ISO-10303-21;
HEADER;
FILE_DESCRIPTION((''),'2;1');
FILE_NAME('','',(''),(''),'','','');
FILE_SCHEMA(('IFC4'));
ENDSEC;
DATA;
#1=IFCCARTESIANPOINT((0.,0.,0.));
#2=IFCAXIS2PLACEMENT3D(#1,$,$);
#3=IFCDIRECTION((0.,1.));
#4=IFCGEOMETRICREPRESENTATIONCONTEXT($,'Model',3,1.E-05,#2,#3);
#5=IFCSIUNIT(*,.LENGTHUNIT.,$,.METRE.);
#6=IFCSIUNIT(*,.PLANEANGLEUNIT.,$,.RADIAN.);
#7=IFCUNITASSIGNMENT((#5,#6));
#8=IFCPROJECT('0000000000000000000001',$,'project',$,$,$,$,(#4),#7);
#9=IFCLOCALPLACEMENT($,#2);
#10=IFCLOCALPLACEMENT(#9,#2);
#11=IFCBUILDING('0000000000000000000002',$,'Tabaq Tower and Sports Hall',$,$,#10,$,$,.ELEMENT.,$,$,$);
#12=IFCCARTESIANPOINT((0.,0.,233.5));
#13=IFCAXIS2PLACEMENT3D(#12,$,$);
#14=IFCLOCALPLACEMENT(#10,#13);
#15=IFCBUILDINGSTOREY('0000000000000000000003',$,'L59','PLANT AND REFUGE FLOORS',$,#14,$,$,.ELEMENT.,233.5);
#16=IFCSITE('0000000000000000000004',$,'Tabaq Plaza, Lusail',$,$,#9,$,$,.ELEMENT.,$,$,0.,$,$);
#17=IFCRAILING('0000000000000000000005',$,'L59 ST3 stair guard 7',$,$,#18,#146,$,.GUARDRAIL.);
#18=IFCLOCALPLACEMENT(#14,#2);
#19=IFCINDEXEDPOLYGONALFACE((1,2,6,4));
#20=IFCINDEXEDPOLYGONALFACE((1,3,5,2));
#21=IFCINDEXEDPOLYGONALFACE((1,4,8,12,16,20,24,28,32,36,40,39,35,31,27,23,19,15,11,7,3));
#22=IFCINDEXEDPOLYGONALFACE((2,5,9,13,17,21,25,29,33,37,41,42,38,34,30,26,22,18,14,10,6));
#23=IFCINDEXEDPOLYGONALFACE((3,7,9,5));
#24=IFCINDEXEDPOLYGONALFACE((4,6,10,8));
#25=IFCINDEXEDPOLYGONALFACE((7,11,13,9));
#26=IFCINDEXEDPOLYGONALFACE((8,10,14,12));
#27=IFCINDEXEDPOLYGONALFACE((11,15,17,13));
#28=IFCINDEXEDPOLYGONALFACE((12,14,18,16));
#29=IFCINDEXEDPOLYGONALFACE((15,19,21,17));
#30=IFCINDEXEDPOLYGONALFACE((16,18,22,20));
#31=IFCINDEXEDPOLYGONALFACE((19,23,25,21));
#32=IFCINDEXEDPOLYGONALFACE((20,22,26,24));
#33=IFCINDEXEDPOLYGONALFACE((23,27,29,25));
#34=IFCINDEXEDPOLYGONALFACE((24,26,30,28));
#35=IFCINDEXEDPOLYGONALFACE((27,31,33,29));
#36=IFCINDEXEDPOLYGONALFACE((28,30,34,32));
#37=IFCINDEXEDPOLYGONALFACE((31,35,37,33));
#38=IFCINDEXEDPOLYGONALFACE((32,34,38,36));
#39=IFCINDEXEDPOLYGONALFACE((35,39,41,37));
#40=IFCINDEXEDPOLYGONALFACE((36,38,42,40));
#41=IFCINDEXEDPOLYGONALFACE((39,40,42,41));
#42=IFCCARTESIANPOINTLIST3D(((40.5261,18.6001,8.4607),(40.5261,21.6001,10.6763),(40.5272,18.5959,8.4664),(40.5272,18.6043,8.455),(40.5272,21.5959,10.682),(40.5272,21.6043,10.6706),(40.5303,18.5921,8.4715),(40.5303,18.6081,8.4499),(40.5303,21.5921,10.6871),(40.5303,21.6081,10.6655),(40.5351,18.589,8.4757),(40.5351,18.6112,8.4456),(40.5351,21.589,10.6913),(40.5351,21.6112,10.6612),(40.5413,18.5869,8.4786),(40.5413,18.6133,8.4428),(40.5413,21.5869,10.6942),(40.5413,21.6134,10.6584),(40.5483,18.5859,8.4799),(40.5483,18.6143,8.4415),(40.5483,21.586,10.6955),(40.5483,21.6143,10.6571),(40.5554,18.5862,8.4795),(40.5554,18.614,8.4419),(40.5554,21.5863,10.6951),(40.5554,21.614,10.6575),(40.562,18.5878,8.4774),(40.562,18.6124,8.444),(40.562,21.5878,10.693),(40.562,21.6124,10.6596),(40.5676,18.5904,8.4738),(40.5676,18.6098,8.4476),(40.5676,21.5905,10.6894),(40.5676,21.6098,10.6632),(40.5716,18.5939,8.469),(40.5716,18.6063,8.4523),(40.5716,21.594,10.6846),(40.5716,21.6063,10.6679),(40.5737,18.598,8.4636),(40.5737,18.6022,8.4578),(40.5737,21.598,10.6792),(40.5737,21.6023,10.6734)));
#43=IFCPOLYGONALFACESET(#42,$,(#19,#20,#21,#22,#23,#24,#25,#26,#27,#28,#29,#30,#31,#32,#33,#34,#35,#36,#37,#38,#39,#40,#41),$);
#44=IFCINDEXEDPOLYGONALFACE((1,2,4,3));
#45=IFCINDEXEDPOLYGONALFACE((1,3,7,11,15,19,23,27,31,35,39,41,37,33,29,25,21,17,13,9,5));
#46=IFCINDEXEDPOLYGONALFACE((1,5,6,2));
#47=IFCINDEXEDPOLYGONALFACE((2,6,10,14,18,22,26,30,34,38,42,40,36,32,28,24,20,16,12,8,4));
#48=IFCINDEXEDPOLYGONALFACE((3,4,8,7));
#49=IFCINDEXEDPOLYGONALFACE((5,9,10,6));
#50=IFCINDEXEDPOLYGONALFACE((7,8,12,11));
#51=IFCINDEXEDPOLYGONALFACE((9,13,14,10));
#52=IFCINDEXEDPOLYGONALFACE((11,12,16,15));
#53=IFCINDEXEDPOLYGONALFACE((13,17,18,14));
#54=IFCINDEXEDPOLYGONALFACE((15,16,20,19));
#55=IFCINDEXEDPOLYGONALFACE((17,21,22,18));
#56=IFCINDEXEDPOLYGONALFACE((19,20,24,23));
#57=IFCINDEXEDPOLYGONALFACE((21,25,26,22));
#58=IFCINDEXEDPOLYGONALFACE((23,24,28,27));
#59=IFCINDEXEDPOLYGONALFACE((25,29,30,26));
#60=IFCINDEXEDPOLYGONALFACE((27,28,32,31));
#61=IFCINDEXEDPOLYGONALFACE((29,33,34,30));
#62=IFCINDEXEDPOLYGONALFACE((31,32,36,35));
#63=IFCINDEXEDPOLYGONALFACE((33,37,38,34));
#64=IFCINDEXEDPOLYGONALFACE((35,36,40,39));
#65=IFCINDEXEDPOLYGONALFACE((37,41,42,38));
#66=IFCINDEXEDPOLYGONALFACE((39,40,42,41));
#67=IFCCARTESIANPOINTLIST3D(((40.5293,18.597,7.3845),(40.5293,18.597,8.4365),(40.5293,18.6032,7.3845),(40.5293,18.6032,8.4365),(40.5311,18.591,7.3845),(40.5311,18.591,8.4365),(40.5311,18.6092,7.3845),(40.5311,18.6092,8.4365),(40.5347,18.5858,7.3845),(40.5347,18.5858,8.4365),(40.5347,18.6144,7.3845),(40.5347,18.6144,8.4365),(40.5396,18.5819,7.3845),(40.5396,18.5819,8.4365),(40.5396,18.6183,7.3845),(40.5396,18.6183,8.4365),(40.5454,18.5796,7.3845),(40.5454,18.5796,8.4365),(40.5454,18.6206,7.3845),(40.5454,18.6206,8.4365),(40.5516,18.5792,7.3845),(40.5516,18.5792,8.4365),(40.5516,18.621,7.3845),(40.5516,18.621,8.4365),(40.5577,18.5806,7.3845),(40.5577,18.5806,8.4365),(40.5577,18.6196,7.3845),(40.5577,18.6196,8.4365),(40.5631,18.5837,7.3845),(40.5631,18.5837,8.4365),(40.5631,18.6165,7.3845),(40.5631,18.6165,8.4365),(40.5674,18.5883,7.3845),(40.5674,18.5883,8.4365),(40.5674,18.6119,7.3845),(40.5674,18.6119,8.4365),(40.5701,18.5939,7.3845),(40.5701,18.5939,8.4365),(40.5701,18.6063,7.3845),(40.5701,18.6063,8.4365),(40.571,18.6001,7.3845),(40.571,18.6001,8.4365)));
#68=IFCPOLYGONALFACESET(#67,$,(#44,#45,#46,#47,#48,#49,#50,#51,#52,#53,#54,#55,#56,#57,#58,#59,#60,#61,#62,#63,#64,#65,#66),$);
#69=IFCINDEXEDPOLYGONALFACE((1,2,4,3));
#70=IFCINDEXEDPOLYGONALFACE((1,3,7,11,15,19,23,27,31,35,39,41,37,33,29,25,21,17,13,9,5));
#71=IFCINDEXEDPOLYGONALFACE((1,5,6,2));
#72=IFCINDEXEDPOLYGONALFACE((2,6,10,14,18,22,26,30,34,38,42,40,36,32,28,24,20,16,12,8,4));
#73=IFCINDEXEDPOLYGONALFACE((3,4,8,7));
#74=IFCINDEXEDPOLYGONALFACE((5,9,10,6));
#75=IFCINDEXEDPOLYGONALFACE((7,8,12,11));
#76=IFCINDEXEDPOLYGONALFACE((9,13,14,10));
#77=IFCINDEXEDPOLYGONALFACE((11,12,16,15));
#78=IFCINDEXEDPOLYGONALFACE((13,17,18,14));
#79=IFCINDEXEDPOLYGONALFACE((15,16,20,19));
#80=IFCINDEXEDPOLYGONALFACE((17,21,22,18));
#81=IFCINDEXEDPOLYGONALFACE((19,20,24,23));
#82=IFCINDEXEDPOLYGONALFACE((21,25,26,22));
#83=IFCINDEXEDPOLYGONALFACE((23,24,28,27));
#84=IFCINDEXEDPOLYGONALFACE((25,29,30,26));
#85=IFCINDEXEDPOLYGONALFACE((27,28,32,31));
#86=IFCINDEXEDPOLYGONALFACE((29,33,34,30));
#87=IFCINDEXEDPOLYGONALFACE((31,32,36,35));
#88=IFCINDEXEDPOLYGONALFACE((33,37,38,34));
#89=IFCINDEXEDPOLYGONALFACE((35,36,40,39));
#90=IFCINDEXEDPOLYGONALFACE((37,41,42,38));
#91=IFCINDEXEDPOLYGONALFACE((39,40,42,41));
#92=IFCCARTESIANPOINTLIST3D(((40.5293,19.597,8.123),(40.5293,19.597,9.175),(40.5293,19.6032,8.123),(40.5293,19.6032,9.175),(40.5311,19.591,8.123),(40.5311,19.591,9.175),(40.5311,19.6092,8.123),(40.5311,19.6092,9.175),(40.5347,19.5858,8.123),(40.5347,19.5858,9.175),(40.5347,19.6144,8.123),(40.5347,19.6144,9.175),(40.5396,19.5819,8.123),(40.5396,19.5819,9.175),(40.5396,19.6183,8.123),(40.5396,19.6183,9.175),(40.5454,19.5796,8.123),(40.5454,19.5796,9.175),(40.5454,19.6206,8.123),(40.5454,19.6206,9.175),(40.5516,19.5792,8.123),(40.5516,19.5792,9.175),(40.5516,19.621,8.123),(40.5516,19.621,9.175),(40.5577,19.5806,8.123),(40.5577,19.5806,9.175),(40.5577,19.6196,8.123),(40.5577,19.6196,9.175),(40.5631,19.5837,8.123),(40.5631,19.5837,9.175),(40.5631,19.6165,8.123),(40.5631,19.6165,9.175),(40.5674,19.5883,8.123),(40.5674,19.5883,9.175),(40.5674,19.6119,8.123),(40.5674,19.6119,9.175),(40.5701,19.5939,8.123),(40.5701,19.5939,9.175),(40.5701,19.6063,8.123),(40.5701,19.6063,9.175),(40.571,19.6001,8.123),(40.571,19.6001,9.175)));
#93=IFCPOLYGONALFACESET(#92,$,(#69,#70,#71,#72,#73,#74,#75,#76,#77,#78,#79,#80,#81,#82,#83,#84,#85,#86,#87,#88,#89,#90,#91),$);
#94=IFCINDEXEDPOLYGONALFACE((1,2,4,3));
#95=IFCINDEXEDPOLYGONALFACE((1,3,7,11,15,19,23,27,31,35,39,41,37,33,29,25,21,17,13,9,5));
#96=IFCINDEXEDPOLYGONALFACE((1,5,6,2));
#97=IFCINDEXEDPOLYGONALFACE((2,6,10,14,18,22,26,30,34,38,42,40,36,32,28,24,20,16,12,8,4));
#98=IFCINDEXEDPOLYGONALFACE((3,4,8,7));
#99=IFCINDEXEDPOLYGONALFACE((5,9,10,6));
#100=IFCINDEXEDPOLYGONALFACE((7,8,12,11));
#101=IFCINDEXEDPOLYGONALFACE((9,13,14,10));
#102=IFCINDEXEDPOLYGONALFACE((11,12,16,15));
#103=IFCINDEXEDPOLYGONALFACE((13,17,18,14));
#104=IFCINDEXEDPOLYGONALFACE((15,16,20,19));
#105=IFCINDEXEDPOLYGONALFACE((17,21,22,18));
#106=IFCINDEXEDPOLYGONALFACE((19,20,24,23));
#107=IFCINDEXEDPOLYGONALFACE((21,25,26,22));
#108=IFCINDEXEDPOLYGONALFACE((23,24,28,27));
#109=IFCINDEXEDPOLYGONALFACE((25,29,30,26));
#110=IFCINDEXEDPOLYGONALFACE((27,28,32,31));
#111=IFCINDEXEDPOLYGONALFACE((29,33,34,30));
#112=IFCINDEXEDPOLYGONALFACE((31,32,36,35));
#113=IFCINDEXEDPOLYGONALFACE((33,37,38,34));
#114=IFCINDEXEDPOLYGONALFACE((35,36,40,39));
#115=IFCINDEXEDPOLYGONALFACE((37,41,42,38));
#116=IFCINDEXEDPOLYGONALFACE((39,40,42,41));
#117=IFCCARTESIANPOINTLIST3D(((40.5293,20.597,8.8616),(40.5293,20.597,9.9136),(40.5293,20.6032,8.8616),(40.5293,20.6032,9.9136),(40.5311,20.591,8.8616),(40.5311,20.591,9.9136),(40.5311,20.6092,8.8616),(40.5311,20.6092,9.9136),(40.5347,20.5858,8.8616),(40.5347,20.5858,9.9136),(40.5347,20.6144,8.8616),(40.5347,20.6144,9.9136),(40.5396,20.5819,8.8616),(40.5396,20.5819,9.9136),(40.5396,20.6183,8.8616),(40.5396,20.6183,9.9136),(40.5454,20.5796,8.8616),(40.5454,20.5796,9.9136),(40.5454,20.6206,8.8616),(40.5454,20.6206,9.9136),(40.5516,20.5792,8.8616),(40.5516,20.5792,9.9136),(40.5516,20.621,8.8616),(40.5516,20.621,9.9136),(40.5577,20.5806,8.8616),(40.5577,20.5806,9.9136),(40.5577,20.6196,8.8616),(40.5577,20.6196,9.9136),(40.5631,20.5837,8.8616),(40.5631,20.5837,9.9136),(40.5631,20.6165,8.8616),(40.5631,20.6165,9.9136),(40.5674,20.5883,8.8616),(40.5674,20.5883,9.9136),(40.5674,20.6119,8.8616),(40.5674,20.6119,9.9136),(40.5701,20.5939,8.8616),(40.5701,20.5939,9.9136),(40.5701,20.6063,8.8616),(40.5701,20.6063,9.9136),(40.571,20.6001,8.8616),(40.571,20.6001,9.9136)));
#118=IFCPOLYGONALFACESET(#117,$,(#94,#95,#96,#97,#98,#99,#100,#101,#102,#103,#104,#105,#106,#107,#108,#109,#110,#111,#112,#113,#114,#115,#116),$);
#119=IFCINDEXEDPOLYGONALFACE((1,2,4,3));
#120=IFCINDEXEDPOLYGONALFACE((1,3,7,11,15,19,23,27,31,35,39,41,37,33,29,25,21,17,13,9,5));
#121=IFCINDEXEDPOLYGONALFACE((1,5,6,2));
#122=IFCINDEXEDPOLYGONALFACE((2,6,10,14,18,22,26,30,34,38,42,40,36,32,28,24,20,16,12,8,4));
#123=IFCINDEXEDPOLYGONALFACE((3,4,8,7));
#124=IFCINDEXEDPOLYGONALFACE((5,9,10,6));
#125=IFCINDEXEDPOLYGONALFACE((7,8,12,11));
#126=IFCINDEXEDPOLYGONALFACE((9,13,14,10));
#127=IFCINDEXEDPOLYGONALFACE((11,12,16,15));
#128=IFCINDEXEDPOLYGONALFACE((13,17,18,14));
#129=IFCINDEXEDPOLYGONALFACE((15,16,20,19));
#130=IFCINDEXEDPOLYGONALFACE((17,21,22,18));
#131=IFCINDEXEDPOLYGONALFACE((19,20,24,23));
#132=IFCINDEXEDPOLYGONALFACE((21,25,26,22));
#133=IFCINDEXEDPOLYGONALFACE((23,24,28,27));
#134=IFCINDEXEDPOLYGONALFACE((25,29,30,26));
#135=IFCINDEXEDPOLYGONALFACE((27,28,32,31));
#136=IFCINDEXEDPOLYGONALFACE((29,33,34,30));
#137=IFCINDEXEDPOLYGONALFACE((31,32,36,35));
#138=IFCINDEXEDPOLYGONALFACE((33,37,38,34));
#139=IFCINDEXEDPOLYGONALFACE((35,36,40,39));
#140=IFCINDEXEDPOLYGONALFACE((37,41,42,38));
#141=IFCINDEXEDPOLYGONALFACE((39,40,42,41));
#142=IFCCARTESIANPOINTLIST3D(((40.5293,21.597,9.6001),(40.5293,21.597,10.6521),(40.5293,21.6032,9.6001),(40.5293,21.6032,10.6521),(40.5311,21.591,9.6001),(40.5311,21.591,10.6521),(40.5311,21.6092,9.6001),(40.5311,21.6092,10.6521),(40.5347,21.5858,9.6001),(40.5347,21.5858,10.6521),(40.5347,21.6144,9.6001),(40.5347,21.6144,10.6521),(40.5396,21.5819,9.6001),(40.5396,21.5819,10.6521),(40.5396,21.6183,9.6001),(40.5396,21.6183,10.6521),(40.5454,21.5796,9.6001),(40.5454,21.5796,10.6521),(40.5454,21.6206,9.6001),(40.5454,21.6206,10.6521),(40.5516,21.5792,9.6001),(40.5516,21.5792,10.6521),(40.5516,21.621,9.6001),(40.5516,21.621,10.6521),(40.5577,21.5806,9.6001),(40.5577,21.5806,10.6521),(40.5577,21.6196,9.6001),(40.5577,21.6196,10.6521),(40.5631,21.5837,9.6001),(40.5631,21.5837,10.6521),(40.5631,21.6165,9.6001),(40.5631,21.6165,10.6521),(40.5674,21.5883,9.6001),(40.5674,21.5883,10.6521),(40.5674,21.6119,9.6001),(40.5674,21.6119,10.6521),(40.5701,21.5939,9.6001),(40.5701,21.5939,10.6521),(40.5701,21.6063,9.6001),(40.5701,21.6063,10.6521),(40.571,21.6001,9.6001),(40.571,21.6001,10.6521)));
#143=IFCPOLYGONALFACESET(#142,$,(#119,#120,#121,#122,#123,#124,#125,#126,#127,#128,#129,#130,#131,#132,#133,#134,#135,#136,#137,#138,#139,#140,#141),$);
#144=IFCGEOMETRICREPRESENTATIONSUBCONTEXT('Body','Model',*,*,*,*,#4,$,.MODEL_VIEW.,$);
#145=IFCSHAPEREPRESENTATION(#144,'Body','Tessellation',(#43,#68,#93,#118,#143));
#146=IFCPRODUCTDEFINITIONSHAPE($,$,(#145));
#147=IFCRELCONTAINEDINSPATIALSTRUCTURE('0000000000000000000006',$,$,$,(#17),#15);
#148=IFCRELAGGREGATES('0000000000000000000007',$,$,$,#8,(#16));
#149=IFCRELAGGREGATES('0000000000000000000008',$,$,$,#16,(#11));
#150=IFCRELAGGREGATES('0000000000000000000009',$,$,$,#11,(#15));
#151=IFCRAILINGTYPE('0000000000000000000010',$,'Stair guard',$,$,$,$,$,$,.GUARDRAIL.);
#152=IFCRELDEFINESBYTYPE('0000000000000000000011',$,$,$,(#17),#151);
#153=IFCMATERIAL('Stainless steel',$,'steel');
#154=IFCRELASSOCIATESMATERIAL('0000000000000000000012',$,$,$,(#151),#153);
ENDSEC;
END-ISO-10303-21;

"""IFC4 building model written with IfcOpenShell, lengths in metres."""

from ifc_helpers import new_model, si_unit, direction, frame, origin, origin_2d, place, context, subcontext, project, spatial, circle, extrude, material, type_object, element, save


model = new_model("IFC4")

# Units and contexts
model_context = context("Model", 3, precision=1e-05, world=origin(), true_north=direction((0.0, 1.0)))
body_context = subcontext(model_context, "Body", "Model", "MODEL_VIEW")
ifc_project = project(units=[si_unit("LENGTHUNIT", "METRE"), si_unit("PLANEANGLEUNIT", "RADIAN")], contexts=[model_context])

# Site, building, storey
site_placement = place(None, origin())
site = spatial("IfcSite", under=ifc_project, at=site_placement, Name="Tabaq Plaza, Lusail", CompositionType="ELEMENT", RefElevation=0.0)
building_placement = place(site_placement, origin())
building = spatial("IfcBuilding", under=site, at=building_placement, Name="Tabaq Tower and Sports Hall", CompositionType="ELEMENT")
storey_placement = place(building_placement, frame((0.0, 0.0, 233.5)))
storey = spatial("IfcBuildingStorey", under=building, at=storey_placement, Name="L59", Description="PLANT AND REFUGE FLOORS", CompositionType="ELEMENT", Elevation=233.5)

# Railing
ifc_material_1 = material(Name="Stainless steel", Category="steel")
railing_type_1 = type_object("IfcRailingType", Name="Stair guard", PredefinedType="GUARDRAIL", material=ifc_material_1)
railing_1_placement = place(storey_placement, frame((40.55, 18.6001, 7.3845)))
element("IfcRailing", 1, at=railing_1_placement, inside=storey, type_object=railing_type_1, Name="L59 ST3 stair guard 7", PredefinedType="GUARDRAIL", context=body_context, shape_type="SweptSolid", body=[
    extrude(circle(Radius=0.0239, at=origin_2d()), frame((0.0, 0.0, 1.0762), z_axis=(0.0, 0.804409, 0.594076), x_axis=(-1.0, 0.0, 0.0)), (0.0, 0.0, 1.0), 3.7295),
    extrude(circle(Radius=0.021, at=origin_2d()), origin(), (0.0, 0.0, 1.0), 1.052),
    extrude(circle(Radius=0.021, at=origin_2d()), frame((0.0, 1.0, 0.7385)), (0.0, 0.0, 1.0), 1.052),
    extrude(circle(Radius=0.021, at=origin_2d()), frame((0.0, 2.0, 1.4771)), (0.0, 0.0, 1.0), 1.052),
    extrude(circle(Radius=0.021, at=origin_2d()), frame((0.0, 3.0, 2.2156)), (0.0, 0.0, 1.0), 1.052),
])

save(model, "model.ifc")
